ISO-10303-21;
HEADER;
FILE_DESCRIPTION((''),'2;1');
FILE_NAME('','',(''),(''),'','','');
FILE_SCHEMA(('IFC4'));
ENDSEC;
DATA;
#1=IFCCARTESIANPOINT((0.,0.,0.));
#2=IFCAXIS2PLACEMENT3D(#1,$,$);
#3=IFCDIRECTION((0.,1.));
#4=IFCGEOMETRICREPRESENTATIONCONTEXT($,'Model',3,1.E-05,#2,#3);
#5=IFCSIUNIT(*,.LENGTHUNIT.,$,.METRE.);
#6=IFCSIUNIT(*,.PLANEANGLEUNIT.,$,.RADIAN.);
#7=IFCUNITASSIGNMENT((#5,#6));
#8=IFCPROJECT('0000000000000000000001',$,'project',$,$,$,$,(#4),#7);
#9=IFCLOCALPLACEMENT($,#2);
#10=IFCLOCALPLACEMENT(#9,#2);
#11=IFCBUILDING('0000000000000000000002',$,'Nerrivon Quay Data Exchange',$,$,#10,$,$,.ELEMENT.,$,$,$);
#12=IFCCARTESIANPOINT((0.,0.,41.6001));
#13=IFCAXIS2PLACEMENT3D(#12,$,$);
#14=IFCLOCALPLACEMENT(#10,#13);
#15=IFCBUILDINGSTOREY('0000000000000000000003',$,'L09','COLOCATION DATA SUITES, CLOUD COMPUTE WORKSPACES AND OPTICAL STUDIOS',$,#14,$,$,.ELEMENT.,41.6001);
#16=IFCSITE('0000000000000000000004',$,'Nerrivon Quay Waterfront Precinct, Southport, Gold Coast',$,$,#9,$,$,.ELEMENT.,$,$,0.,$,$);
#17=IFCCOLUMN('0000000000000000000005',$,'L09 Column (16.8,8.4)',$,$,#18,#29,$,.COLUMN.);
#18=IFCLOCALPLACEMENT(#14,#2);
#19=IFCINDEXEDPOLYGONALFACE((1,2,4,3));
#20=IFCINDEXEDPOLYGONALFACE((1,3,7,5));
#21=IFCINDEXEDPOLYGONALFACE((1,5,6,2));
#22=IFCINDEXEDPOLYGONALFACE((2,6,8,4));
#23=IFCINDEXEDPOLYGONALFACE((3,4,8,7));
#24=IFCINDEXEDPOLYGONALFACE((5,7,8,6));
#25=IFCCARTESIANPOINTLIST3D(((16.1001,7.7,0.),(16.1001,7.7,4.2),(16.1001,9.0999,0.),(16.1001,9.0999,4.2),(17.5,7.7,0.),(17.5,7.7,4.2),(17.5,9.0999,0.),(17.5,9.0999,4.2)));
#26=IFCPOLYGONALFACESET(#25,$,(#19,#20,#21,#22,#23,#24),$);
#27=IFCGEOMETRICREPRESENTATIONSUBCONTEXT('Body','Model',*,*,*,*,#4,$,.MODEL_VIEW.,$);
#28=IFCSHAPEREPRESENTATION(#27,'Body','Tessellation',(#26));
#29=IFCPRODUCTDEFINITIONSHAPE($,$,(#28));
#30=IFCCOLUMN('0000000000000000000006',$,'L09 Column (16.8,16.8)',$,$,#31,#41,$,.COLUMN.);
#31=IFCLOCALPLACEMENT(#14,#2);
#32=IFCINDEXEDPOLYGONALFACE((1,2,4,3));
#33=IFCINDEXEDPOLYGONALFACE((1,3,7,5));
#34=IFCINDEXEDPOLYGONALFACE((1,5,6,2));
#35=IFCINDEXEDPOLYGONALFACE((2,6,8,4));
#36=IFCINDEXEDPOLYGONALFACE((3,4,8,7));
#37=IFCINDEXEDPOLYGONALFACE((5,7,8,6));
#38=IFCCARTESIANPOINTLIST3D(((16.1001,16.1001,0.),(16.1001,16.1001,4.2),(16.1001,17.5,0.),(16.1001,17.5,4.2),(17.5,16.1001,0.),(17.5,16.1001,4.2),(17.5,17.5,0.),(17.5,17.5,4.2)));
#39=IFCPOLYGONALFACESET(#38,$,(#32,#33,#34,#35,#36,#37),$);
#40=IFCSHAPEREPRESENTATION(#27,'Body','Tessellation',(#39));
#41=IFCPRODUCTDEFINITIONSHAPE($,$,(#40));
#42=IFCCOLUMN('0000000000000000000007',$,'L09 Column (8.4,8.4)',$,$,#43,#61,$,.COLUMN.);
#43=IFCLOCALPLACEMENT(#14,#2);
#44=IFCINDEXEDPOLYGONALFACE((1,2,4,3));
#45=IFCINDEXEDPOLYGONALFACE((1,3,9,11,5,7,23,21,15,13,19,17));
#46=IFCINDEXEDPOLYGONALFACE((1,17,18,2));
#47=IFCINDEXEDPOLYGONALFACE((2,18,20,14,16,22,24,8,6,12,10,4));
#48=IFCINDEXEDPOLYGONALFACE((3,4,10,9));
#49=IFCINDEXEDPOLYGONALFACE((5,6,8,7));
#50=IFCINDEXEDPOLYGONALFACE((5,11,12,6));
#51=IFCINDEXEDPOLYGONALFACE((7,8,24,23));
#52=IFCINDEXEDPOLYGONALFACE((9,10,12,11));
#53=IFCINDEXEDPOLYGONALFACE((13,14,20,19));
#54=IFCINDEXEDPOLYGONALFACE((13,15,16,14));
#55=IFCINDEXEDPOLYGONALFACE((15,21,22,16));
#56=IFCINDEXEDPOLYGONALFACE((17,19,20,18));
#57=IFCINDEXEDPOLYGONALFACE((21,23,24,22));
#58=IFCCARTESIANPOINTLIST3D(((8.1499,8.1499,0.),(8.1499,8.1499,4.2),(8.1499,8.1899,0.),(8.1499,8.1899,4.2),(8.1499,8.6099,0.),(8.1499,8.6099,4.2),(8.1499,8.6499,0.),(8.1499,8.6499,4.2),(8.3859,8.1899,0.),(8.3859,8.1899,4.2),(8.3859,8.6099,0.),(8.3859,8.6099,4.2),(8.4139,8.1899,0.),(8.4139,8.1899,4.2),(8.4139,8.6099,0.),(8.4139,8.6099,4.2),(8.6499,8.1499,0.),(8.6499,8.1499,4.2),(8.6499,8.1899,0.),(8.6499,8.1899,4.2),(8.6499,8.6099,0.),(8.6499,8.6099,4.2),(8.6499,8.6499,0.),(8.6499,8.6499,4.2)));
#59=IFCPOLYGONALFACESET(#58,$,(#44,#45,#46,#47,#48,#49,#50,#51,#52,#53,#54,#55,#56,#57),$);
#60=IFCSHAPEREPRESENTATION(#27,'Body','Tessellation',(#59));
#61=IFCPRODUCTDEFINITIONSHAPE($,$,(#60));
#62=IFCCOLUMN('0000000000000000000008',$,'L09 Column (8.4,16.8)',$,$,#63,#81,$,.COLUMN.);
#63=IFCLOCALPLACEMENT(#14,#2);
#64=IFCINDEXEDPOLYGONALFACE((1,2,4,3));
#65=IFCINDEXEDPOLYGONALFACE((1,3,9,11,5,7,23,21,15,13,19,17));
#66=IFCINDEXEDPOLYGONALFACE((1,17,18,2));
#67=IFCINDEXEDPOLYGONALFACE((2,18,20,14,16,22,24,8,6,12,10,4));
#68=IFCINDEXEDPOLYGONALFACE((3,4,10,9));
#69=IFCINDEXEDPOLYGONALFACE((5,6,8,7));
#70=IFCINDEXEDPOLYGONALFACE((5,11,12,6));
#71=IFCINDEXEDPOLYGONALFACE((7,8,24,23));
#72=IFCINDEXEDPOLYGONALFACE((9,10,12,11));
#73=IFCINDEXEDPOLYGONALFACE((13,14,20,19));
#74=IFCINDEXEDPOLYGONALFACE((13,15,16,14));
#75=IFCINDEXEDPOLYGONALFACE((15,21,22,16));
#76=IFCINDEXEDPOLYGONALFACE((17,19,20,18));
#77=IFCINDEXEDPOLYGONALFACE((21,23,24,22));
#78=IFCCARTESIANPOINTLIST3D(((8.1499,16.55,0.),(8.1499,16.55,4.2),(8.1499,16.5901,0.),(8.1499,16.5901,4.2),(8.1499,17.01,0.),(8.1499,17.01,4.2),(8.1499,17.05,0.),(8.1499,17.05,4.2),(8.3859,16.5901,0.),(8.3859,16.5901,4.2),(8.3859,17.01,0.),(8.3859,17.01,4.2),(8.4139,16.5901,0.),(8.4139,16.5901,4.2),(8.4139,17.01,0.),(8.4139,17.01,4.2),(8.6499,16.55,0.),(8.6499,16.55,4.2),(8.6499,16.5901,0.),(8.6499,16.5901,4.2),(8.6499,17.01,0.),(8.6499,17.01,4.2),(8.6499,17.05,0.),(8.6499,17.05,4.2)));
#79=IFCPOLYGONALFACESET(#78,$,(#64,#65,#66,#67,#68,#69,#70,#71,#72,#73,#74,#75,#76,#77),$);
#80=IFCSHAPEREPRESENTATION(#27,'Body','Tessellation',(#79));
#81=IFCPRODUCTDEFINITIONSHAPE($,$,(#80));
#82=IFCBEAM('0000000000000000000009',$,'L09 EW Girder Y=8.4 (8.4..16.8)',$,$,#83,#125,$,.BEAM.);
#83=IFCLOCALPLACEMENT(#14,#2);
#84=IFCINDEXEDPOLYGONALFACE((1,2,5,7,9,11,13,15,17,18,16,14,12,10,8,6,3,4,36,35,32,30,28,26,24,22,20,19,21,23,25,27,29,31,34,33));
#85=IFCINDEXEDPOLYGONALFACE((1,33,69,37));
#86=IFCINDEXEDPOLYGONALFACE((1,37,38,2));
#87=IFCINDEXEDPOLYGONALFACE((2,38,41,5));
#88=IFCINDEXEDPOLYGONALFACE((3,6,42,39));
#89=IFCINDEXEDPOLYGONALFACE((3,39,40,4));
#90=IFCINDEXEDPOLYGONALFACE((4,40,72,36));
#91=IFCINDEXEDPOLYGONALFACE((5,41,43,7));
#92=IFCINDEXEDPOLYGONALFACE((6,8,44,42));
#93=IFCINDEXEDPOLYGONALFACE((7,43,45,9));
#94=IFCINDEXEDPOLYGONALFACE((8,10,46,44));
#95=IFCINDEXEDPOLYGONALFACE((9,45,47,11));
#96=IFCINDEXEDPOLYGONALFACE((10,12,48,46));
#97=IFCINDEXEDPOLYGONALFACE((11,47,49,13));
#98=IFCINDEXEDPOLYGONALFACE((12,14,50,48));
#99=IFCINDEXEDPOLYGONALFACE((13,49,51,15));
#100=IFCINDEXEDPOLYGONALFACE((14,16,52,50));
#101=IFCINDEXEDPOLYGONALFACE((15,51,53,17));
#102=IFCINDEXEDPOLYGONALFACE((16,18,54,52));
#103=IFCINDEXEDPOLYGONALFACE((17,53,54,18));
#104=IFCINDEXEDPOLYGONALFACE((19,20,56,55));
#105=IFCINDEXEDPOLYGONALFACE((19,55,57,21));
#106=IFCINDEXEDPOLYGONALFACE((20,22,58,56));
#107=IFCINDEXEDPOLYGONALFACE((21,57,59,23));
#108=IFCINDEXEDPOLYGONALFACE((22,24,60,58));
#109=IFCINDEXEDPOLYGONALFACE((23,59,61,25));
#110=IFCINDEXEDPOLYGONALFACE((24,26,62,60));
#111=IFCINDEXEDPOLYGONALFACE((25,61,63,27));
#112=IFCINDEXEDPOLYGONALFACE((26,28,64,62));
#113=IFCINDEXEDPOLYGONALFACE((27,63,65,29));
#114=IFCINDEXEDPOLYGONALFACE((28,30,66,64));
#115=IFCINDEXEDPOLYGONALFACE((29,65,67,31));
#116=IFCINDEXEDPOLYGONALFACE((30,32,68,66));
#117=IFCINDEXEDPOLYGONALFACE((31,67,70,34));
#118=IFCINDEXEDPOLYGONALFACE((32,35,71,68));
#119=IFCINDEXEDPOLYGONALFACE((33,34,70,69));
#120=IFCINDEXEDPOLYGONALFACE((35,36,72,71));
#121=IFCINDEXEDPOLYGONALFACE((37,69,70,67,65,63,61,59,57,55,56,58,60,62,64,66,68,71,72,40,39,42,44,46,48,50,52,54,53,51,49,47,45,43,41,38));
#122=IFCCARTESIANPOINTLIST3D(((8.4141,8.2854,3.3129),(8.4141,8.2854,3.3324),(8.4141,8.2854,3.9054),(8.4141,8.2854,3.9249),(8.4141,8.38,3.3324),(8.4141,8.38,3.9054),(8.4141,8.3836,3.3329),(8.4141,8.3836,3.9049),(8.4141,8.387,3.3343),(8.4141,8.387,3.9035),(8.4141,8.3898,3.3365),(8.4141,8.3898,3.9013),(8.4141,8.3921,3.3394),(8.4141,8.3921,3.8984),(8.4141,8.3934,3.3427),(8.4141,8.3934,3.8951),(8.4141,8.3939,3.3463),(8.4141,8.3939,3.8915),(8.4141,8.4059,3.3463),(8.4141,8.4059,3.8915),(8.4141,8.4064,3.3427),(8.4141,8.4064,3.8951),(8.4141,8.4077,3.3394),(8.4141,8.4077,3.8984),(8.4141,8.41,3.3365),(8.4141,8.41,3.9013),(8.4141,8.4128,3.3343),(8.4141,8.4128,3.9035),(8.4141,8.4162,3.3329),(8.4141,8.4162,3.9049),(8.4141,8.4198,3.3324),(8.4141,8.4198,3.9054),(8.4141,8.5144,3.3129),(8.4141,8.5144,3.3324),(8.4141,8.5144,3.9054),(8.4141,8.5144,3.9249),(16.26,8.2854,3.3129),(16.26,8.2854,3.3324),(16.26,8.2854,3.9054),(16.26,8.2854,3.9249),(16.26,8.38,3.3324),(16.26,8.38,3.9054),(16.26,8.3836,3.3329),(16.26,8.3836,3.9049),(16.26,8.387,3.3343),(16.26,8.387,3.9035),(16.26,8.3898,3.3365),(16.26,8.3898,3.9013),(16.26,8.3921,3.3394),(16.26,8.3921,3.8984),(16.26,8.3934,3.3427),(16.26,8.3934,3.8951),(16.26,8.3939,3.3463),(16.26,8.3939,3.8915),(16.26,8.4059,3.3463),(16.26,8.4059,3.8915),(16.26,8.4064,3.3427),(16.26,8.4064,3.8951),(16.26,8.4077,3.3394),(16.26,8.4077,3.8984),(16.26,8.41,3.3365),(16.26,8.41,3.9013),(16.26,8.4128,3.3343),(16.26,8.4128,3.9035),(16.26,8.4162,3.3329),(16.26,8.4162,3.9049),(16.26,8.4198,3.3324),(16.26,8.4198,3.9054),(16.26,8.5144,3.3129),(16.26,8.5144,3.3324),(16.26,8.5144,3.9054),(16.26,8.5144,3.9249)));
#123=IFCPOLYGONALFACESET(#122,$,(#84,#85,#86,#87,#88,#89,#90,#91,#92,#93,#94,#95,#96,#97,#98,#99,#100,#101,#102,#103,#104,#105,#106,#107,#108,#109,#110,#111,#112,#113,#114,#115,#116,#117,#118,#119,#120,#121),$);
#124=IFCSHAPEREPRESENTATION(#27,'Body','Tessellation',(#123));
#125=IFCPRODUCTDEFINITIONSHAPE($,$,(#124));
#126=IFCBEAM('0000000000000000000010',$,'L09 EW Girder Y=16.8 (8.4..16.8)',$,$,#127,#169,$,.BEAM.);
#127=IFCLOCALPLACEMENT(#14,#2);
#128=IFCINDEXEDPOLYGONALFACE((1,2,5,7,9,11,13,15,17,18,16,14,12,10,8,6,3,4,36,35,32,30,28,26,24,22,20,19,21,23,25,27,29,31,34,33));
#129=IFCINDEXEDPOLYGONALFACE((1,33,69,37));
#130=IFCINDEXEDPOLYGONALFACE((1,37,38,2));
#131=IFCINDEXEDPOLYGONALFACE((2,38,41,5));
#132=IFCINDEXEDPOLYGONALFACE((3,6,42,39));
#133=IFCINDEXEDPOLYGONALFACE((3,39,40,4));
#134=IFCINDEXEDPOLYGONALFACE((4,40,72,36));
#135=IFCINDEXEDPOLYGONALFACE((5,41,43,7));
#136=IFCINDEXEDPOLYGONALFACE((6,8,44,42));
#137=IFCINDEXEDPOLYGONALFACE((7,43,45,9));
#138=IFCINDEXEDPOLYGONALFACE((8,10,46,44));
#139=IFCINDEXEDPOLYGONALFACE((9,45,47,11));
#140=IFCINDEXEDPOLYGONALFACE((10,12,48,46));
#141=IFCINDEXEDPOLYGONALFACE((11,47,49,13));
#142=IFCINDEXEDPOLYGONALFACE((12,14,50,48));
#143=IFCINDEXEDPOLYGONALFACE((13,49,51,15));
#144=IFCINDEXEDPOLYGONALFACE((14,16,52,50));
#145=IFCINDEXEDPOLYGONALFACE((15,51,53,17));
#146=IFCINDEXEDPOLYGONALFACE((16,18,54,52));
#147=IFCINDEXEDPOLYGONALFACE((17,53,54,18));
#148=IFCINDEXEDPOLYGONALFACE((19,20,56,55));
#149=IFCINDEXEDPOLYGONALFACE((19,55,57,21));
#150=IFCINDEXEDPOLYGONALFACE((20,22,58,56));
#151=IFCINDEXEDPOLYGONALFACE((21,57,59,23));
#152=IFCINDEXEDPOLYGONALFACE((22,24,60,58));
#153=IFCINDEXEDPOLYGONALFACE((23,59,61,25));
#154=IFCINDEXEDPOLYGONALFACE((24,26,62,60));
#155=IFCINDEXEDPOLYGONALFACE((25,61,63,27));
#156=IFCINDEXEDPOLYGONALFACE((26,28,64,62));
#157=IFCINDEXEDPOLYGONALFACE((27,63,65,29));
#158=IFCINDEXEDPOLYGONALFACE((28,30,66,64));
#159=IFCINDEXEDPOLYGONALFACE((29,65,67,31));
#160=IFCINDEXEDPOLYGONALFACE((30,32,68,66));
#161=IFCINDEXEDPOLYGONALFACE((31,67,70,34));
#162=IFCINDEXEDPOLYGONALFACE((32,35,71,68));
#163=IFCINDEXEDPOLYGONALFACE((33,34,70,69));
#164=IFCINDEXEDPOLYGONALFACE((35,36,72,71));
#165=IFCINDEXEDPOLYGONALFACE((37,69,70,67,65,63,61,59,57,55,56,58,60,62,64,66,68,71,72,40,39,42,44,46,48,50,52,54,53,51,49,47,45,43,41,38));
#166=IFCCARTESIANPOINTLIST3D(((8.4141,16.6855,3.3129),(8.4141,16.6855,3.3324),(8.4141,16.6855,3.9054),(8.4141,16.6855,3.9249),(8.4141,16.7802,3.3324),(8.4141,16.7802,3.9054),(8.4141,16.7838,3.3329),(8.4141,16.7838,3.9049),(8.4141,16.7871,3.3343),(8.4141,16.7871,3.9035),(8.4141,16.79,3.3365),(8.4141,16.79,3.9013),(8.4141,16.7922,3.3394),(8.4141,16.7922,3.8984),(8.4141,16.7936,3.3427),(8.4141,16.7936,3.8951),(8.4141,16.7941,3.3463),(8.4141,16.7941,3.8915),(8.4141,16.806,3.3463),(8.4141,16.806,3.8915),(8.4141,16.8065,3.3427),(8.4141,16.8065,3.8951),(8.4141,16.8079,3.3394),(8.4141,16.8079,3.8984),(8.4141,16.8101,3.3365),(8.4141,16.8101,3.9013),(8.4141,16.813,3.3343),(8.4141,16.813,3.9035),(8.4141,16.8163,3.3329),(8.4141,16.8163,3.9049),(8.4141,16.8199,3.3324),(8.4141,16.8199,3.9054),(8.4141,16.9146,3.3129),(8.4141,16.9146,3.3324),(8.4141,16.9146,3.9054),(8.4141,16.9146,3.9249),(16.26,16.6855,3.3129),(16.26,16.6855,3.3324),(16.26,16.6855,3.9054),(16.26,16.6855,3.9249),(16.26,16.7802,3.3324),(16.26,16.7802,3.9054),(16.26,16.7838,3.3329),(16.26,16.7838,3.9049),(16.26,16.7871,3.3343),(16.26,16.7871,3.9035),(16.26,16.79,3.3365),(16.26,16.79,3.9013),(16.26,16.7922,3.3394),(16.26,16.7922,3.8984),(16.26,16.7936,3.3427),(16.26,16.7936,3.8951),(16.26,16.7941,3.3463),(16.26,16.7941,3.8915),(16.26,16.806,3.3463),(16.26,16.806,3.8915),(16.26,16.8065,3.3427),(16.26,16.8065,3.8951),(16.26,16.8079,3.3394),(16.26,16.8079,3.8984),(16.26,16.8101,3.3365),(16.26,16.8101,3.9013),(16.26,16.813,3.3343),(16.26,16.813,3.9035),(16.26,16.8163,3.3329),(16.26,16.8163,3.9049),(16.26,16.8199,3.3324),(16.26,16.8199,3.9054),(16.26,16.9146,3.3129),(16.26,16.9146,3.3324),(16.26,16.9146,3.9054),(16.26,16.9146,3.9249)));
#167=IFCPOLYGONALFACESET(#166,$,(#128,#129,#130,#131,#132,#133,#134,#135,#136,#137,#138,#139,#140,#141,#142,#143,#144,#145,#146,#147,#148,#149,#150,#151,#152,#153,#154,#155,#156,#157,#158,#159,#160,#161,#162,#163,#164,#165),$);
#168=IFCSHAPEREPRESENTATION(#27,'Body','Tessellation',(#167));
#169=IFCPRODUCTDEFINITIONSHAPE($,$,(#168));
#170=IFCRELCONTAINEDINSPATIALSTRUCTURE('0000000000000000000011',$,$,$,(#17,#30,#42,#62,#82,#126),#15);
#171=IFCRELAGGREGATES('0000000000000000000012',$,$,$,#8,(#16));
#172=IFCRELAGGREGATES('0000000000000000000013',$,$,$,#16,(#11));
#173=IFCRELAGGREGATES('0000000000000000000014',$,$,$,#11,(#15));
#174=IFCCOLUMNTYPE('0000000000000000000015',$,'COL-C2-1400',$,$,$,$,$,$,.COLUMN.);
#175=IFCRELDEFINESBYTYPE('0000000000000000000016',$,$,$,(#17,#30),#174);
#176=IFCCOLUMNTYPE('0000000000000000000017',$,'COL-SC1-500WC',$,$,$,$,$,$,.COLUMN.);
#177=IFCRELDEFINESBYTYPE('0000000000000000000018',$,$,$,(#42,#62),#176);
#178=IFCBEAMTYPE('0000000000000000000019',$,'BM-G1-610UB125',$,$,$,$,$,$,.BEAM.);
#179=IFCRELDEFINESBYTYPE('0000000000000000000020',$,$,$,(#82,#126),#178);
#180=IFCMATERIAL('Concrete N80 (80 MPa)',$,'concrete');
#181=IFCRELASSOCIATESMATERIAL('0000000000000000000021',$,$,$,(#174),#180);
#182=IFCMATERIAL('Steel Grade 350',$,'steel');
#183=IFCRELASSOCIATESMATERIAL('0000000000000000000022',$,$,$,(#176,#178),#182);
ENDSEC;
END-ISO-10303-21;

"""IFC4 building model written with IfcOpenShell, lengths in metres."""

from ifc_helpers import new_model, si_unit, direction, frame, origin, origin_2d, place, context, subcontext, project, spatial, rectangle, i_section, extrude, material, material_profile, profile_set, type_object, element, save


model = new_model("IFC4")

# Units and contexts
model_context = context("Model", 3, precision=1e-05, world=origin(), true_north=direction((0.0, 1.0)))
body_context = subcontext(model_context, "Body", "Model", "MODEL_VIEW")
ifc_project = project(units=[si_unit("LENGTHUNIT", "METRE"), si_unit("PLANEANGLEUNIT", "RADIAN")], contexts=[model_context])

# Site, building, storey
site_placement = place(None, origin())
site = spatial("IfcSite", under=ifc_project, at=site_placement, Name="Nerrivon Quay Waterfront Precinct, Southport, Gold Coast", CompositionType="ELEMENT", RefElevation=0.0)
building_placement = place(site_placement, origin())
building = spatial("IfcBuilding", under=site, at=building_placement, Name="Nerrivon Quay Data Exchange", CompositionType="ELEMENT")
storey_placement = place(building_placement, frame((0.0, 0.0, 41.6001)))
storey = spatial("IfcBuildingStorey", under=building, at=storey_placement, Name="L09", Description="COLOCATION DATA SUITES, CLOUD COMPUTE WORKSPACES AND OPTICAL STUDIOS", CompositionType="ELEMENT", Elevation=41.6001)

# Columns
ifc_material_1 = material(Name="Concrete N80 (80 MPa)", Category="concrete")
ifc_material_profile_1 = material_profile(ifc_material_1, rectangle(XDim=1.3999, YDim=1.3999, at=origin_2d()), Name="RC-COL-1400x1400")
ifc_profile_set_1 = profile_set([ifc_material_profile_1], Name="Concrete N80 (80 MPa)")
column_type_1 = type_object("IfcColumnType", Name="COL-C2-1400", PredefinedType="COLUMN", material=ifc_profile_set_1)
for number, where, z_axis, x_axis, name in (
    (1, (16.8, 8.3999, 0.0), (0.0, 0.0, 1.0), (1.0, 0.0, 0.0), "L09 Column (16.8,8.4)"),
    (2, (16.8, 16.8, 0.0), (0.0, 0.0, 1.0), (1.0, 0.0, 0.0), "L09 Column (16.8,16.8)"),
):
    element("IfcColumn", number, at=place(storey_placement, frame(where, z_axis=z_axis, x_axis=x_axis)), inside=storey, type_object=column_type_1, Name=name, PredefinedType="COLUMN", context=body_context, shape_type="SweptSolid", body=[
        extrude(rectangle(XDim=1.3999, YDim=1.3999, at=origin_2d()), origin(), (0.0, 0.0, 1.0), 4.2),
    ])
ifc_material_2 = material(Name="Steel Grade 350", Category="steel")
ifc_material_profile_2 = material_profile(ifc_material_2, i_section(OverallWidth=0.5, OverallDepth=0.5, WebThickness=0.0281, FlangeThickness=0.04, at=origin_2d()), Name="500WC440")
ifc_profile_set_2 = profile_set([ifc_material_profile_2], Name="Steel Grade 350")
column_type_2 = type_object("IfcColumnType", Name="COL-SC1-500WC", PredefinedType="COLUMN", material=ifc_profile_set_2)
for number, where, z_axis, x_axis, name in (
    (3, (8.3999, 8.3999, 0.0), (0.0, 0.0, 1.0), (1.0, 0.0, 0.0), "L09 Column (8.4,8.4)"),
    (4, (8.3999, 16.8, 0.0), (0.0, 0.0, 1.0), (1.0, 0.0, 0.0), "L09 Column (8.4,16.8)"),
):
    element("IfcColumn", number, at=place(storey_placement, frame(where, z_axis=z_axis, x_axis=x_axis)), inside=storey, type_object=column_type_2, Name=name, PredefinedType="COLUMN", context=body_context, shape_type="SweptSolid", body=[
        extrude(i_section(OverallWidth=0.5, OverallDepth=0.5, WebThickness=0.0281, FlangeThickness=0.04, at=origin_2d()), origin(), (0.0, 0.0, 1.0), 4.2),
    ])

# Beams
ifc_material_profile_3 = material_profile(ifc_material_2, i_section(OverallWidth=0.229, OverallDepth=0.6121, WebThickness=0.012, FlangeThickness=0.0195, FilletRadius=0.0139, at=origin_2d()), Name="610UB125")
ifc_profile_set_3 = profile_set([ifc_material_profile_3], Name="Steel Grade 350")
beam_type_1 = type_object("IfcBeamType", Name="BM-G1-610UB125", PredefinedType="BEAM", material=ifc_profile_set_3)
for number, where, z_axis, x_axis, name in (
    (5, (8.4141, 8.3999, 3.6189), (1.0, 0.0, 0.0), (0.0, 1.0, 0.0), "L09 EW Girder Y=8.4 (8.4..16.8)"),
    (6, (8.4141, 16.8, 3.6189), (1.0, 0.0, 0.0), (0.0, 1.0, 0.0), "L09 EW Girder Y=16.8 (8.4..16.8)"),
):
    element("IfcBeam", number, at=place(storey_placement, frame(where, z_axis=z_axis, x_axis=x_axis)), inside=storey, type_object=beam_type_1, Name=name, PredefinedType="BEAM", context=body_context, shape_type="SweptSolid", body=[
        extrude(i_section(OverallWidth=0.229, OverallDepth=0.6121, WebThickness=0.012, FlangeThickness=0.0195, FilletRadius=0.0139, at=origin_2d()), origin(), (0.0, 0.0, 1.0), 7.8459),
    ])

save(model, "model.ifc")
